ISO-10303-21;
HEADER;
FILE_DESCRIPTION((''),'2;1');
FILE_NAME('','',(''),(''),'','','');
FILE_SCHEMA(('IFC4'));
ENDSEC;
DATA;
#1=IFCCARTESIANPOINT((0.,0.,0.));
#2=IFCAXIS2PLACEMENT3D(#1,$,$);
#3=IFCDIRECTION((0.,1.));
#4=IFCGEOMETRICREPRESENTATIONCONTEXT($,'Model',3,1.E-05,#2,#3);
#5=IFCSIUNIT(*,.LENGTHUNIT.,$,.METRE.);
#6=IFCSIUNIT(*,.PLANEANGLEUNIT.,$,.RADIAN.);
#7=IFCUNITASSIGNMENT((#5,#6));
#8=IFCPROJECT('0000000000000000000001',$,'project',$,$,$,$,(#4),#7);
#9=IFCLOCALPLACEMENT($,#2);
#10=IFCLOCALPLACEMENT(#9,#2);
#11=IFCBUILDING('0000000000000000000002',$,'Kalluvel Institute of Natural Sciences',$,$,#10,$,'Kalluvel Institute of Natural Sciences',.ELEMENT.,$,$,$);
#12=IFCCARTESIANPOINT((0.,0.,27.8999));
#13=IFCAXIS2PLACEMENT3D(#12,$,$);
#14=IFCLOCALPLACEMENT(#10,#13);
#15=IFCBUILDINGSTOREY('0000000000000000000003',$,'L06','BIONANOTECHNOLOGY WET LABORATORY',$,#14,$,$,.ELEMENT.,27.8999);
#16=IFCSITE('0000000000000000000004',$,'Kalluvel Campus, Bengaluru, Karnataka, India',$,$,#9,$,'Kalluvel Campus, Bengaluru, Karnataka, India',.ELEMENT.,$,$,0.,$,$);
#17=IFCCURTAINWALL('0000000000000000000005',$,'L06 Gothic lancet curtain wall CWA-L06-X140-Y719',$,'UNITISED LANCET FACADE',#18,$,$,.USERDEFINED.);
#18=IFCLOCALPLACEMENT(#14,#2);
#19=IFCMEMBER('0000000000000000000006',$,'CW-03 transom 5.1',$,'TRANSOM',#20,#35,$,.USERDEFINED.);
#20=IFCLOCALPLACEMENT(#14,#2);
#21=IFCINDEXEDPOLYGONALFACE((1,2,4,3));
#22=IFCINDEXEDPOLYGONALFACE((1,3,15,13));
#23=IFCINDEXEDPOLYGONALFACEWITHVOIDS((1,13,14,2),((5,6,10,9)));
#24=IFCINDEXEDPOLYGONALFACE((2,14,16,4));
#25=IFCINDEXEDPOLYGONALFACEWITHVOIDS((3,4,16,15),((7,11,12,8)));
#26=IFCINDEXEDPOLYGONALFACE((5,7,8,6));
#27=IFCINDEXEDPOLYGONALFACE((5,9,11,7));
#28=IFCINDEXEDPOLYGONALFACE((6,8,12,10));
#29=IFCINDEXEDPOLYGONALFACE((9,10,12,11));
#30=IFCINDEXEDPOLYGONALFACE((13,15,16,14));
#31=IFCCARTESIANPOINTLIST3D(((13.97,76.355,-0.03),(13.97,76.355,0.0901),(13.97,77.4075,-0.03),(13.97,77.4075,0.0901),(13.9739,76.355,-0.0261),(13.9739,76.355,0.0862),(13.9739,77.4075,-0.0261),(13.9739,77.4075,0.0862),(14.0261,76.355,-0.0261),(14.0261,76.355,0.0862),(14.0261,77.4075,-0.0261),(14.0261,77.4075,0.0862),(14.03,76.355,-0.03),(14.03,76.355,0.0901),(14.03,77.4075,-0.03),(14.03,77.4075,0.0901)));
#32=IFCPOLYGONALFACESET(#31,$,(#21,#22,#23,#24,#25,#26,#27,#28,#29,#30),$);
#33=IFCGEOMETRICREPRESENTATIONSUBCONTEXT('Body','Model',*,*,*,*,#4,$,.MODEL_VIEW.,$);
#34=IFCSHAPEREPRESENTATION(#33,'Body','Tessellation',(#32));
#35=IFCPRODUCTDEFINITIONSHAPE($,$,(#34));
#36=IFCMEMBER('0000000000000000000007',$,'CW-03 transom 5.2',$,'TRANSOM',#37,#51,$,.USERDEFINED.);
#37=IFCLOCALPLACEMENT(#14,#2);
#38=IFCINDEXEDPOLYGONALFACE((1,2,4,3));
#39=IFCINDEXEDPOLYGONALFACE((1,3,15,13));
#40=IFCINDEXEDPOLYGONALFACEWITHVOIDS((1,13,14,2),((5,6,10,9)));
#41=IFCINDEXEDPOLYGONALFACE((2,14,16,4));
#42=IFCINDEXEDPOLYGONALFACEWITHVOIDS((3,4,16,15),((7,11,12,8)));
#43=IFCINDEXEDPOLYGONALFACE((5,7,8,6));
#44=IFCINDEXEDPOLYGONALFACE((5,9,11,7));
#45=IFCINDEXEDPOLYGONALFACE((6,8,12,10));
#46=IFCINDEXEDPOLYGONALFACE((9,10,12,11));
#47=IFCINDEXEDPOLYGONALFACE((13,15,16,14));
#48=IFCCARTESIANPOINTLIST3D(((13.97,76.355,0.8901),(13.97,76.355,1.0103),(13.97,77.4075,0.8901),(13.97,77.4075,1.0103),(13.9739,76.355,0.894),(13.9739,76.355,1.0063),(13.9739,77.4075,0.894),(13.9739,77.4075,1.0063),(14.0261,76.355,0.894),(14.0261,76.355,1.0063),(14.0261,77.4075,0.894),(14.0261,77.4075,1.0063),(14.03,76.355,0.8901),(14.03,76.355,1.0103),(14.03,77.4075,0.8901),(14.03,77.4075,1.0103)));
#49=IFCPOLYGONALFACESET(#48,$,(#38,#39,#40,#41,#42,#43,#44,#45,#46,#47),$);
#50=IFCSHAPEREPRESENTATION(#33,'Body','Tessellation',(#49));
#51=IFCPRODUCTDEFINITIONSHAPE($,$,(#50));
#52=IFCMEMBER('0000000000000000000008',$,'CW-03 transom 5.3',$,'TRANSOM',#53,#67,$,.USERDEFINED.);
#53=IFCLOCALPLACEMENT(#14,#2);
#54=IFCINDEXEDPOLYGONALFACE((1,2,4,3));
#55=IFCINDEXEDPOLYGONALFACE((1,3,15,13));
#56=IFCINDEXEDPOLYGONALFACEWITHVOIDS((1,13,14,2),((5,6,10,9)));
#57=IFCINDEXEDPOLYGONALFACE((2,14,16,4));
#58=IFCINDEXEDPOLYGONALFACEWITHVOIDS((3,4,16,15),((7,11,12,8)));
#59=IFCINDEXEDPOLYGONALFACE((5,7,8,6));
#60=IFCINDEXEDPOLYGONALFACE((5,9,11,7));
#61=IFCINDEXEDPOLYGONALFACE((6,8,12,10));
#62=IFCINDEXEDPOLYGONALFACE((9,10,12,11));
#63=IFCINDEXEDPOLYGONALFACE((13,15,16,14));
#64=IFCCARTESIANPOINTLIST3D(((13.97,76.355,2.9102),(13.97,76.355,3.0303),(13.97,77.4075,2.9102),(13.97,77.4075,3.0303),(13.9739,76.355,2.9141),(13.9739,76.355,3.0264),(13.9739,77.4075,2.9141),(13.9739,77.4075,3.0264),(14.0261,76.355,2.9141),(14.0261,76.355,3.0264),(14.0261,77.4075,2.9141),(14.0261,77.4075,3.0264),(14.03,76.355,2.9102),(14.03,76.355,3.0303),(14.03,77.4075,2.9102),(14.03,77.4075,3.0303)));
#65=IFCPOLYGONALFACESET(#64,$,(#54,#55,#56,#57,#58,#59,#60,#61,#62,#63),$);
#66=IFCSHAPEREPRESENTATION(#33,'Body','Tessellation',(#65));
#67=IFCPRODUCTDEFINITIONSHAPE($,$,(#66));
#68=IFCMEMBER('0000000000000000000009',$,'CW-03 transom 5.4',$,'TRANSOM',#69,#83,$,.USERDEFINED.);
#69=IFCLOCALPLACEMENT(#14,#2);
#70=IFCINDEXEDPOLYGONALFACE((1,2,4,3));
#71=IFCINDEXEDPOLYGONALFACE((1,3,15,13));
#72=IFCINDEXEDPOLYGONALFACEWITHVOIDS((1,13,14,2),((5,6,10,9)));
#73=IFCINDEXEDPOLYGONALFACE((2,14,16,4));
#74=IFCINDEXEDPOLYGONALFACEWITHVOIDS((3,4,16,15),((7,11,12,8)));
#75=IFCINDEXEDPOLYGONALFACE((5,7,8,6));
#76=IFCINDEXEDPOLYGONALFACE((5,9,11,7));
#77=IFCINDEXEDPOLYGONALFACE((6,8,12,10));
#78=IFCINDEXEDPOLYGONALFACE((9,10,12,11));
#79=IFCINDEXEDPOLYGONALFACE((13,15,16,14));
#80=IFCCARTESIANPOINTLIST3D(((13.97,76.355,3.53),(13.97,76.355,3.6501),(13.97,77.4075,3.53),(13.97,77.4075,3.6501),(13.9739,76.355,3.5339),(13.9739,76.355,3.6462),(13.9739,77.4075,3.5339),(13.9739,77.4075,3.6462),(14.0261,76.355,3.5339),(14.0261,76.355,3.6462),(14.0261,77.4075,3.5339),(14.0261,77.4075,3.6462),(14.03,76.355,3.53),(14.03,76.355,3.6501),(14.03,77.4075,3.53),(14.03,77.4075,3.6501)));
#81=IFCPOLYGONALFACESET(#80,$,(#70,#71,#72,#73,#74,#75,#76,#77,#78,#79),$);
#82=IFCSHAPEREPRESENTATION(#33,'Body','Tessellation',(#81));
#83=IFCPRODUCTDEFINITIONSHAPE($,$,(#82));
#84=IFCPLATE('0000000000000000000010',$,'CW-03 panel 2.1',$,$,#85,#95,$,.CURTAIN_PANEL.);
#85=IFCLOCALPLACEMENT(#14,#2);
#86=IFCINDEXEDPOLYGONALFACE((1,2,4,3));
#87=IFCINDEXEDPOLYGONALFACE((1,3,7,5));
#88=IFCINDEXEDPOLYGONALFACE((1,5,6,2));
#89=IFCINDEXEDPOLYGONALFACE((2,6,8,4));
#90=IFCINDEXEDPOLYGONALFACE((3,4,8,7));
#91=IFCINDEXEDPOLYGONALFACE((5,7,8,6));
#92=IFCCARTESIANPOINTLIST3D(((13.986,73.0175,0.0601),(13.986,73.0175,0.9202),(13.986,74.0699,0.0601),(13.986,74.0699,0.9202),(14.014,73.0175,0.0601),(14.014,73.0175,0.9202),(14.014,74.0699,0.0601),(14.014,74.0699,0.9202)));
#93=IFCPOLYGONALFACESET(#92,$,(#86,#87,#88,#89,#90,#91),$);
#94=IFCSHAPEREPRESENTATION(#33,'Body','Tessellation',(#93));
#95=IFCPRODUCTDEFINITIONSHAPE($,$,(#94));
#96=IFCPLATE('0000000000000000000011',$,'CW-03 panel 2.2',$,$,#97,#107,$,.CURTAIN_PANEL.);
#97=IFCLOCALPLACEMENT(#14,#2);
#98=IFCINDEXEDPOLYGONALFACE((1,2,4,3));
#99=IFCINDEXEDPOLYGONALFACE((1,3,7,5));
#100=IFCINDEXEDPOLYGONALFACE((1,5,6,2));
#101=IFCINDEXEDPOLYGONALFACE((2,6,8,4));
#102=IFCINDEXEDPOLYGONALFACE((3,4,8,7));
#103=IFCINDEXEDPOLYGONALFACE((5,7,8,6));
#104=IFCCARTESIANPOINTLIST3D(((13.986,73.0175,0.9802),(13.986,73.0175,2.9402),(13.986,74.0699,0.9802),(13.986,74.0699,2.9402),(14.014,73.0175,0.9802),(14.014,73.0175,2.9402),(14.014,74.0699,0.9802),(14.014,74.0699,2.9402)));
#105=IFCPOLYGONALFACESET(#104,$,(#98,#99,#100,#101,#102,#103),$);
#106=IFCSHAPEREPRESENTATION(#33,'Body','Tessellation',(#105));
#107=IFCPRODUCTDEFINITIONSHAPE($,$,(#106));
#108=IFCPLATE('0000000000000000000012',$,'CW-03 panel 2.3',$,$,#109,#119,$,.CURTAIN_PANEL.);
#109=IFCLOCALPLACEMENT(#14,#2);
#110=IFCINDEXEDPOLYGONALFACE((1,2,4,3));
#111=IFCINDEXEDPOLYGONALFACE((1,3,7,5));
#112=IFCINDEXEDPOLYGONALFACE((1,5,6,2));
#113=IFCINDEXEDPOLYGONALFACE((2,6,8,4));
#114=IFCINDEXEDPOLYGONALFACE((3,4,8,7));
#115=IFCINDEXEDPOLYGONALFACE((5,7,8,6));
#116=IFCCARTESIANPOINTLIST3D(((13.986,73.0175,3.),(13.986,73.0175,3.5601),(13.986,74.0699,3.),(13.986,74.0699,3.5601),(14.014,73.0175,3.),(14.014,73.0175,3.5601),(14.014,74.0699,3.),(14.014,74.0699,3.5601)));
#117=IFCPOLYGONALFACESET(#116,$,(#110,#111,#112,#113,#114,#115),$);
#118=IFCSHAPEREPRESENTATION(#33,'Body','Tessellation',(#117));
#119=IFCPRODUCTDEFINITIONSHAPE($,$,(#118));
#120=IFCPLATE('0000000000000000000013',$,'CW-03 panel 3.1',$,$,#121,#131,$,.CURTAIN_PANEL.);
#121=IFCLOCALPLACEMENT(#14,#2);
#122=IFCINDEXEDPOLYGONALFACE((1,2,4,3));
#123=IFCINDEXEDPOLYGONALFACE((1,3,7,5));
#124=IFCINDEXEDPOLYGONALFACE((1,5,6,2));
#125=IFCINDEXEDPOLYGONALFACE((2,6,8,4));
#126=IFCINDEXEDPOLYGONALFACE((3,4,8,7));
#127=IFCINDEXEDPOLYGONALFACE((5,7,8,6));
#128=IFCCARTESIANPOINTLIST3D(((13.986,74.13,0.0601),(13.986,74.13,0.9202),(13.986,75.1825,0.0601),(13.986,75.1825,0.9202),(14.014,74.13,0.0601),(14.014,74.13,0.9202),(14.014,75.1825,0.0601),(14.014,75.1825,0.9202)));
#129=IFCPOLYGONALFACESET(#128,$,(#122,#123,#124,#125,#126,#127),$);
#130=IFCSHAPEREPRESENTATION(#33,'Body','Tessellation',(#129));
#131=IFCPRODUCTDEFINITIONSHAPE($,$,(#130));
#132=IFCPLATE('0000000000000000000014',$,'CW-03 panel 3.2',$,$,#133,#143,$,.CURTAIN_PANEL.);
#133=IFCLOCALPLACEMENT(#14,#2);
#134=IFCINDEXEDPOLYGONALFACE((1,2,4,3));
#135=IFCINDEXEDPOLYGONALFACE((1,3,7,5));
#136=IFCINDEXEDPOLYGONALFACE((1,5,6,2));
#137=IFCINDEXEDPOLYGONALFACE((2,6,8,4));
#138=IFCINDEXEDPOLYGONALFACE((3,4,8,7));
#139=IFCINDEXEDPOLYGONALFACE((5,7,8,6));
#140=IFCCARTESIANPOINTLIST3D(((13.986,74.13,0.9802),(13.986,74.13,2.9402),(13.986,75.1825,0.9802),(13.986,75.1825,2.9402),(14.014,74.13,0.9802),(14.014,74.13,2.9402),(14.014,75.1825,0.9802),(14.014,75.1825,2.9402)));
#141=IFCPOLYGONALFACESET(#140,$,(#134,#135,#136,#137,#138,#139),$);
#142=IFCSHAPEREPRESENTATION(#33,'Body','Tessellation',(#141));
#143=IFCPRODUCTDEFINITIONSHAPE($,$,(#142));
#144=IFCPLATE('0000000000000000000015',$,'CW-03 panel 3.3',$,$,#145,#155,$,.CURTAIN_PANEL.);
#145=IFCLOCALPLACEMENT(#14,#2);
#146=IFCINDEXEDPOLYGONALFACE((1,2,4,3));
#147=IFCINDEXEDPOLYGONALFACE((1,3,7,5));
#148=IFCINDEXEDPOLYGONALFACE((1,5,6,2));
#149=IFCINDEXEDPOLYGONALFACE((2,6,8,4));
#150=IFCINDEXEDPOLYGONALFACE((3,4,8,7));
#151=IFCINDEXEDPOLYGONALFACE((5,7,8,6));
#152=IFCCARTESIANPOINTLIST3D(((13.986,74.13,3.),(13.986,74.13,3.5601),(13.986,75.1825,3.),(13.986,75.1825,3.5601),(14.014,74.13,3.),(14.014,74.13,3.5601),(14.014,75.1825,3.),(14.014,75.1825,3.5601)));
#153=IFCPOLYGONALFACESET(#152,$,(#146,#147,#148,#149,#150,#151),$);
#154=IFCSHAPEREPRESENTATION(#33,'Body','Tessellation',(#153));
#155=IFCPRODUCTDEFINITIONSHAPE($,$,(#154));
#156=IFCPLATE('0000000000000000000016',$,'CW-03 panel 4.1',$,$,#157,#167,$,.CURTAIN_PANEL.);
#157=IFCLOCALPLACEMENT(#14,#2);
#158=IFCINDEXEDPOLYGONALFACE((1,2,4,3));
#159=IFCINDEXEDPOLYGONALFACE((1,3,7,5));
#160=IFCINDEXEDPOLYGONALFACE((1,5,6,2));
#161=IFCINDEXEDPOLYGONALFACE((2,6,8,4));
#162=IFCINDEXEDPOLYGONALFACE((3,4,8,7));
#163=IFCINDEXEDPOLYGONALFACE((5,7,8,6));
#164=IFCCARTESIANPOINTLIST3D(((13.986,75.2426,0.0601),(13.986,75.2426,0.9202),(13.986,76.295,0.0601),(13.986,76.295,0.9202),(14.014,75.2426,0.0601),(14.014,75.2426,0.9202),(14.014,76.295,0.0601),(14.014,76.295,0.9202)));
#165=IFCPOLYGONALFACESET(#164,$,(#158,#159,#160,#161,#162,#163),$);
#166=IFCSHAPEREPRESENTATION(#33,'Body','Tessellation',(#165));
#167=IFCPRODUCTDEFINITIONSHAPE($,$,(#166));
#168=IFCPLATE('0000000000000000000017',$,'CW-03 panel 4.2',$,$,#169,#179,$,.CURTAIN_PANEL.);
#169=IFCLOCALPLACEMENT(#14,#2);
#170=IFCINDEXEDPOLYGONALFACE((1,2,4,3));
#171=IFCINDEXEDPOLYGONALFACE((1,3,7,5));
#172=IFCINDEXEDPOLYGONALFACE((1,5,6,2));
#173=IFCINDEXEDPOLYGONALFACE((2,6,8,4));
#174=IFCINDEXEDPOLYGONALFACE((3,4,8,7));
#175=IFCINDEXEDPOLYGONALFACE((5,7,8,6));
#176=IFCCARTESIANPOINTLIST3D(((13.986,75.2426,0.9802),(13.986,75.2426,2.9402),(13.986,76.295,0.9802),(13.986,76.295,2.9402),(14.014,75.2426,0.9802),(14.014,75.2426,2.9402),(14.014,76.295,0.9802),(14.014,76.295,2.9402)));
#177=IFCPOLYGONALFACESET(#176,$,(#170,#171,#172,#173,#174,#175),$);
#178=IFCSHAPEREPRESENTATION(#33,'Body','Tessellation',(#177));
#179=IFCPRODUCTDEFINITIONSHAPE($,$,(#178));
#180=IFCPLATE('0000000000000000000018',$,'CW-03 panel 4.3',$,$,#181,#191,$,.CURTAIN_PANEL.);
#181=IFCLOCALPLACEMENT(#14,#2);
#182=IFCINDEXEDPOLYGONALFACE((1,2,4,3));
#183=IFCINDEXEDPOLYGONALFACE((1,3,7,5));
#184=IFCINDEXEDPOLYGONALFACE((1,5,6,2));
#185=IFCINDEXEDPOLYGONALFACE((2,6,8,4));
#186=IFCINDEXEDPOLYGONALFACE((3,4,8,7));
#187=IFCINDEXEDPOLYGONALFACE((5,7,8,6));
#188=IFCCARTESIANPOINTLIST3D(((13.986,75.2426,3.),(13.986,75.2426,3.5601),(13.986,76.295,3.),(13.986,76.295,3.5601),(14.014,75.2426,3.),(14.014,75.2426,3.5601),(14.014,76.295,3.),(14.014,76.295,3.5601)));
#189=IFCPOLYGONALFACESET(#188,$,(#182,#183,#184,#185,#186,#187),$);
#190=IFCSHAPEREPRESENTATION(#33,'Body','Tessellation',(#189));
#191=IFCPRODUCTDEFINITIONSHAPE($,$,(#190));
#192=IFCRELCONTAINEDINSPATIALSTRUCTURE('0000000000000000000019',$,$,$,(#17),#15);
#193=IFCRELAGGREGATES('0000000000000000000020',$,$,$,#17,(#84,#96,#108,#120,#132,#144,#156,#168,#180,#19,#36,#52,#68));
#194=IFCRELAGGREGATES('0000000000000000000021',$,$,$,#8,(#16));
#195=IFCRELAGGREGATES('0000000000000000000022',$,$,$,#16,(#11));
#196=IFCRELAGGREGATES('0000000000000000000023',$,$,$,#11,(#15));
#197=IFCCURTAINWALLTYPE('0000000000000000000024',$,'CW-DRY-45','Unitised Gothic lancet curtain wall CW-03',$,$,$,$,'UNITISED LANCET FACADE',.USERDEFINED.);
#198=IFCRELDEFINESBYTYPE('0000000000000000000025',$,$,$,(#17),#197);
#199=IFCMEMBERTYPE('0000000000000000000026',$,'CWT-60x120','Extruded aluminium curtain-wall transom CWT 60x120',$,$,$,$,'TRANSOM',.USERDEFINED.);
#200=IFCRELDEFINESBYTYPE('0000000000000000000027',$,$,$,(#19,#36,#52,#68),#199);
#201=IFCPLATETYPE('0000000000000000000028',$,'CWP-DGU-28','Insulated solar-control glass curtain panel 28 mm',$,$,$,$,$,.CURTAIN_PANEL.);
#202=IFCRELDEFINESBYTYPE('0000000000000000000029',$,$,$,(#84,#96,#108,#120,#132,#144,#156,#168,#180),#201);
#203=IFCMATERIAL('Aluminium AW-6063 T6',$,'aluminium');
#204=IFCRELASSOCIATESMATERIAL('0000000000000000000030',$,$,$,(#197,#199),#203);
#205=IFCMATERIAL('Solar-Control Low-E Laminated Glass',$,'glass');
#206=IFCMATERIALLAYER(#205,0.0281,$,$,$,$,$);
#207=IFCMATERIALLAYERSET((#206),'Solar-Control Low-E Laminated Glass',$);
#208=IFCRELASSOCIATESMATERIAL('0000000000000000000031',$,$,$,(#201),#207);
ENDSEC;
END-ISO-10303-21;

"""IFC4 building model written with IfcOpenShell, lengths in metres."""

from ifc_helpers import new_model, si_unit, direction, frame, origin, origin_2d, place, context, subcontext, project, spatial, rectangle, hollow_rectangle, extrude, material, layer, layer_set, material_profile, profile_set, type_object, element, aggregate, save


model = new_model("IFC4")

# Units and contexts
model_context = context("Model", 3, precision=1e-05, world=origin(), true_north=direction((0.0, 1.0)))
body_context = subcontext(model_context, "Body", "Model", "MODEL_VIEW")
ifc_project = project(units=[si_unit("LENGTHUNIT", "METRE"), si_unit("PLANEANGLEUNIT", "RADIAN")], contexts=[model_context])

# Site, building, storey
site_placement = place(None, origin())
site = spatial("IfcSite", under=ifc_project, at=site_placement, Name="Kalluvel Campus, Bengaluru, Karnataka, India", LongName="Kalluvel Campus, Bengaluru, Karnataka, India", CompositionType="ELEMENT", RefElevation=0.0)
building_placement = place(site_placement, origin())
building = spatial("IfcBuilding", under=site, at=building_placement, Name="Kalluvel Institute of Natural Sciences", LongName="Kalluvel Institute of Natural Sciences", CompositionType="ELEMENT")
storey_placement = place(building_placement, frame((0.0, 0.0, 27.8999)))
storey = spatial("IfcBuildingStorey", under=building, at=storey_placement, Name="L06", Description="BIONANOTECHNOLOGY WET LABORATORY", CompositionType="ELEMENT", Elevation=27.8999)

# Curtain wall, members, plates
ifc_material_1 = material(Name="Aluminium AW-6063 T6", Category="aluminium")
curtain_wall_type = type_object("IfcCurtainWallType", Name="CW-DRY-45", Description="Unitised Gothic lancet curtain wall CW-03", ElementType="UNITISED LANCET FACADE", PredefinedType="USERDEFINED", material=ifc_material_1)
curtain_wall_placement = place(storey_placement, origin())
curtain_wall = element("IfcCurtainWall", 1, at=curtain_wall_placement, inside=storey, type_object=curtain_wall_type, Name="L06 Gothic lancet curtain wall CWA-L06-X140-Y719", ObjectType="UNITISED LANCET FACADE", PredefinedType="USERDEFINED")
ifc_material_profile_1 = material_profile(ifc_material_1, hollow_rectangle(XDim=0.0601, YDim=0.1201, WallThickness=0.0039, at=origin_2d()), Name="CWT 60x120")
ifc_profile_set_1 = profile_set([ifc_material_profile_1], Name="Aluminium AW-6063 T6")
member_type_1 = type_object("IfcMemberType", Name="CWT-60x120", Description="Extruded aluminium curtain-wall transom CWT 60x120", ElementType="TRANSOM", PredefinedType="USERDEFINED", material=ifc_profile_set_1)
member_1_placement = place(storey_placement, frame((14.0, 76.355, 0.03), z_axis=(0.0, 1.0, 0.0), x_axis=(-1.0, 0.0, 0.0)))
member_1 = element("IfcMember", 2, at=member_1_placement, type_object=member_type_1, Name="CW-03 transom 5.1", ObjectType="TRANSOM", PredefinedType="USERDEFINED", context=body_context, shape_type="SweptSolid", body=[
    extrude(hollow_rectangle(XDim=0.0601, YDim=0.1201, WallThickness=0.0039, at=origin_2d()), origin(), (0.0, 0.0, 1.0), 1.0525),
])
member_2_placement = place(storey_placement, frame((14.0, 76.355, 0.9502), z_axis=(0.0, 1.0, 0.0), x_axis=(-1.0, 0.0, 0.0)))
member_2 = element("IfcMember", 3, at=member_2_placement, type_object=member_type_1, Name="CW-03 transom 5.2", ObjectType="TRANSOM", PredefinedType="USERDEFINED", context=body_context, shape_type="SweptSolid", body=[
    extrude(hollow_rectangle(XDim=0.0601, YDim=0.1201, WallThickness=0.0039, at=origin_2d()), origin(), (0.0, 0.0, 1.0), 1.0525),
])
member_3_placement = place(storey_placement, frame((14.0, 76.355, 2.9702), z_axis=(0.0, 1.0, 0.0), x_axis=(-1.0, 0.0, 0.0)))
member_3 = element("IfcMember", 4, at=member_3_placement, type_object=member_type_1, Name="CW-03 transom 5.3", ObjectType="TRANSOM", PredefinedType="USERDEFINED", context=body_context, shape_type="SweptSolid", body=[
    extrude(hollow_rectangle(XDim=0.0601, YDim=0.1201, WallThickness=0.0039, at=origin_2d()), origin(), (0.0, 0.0, 1.0), 1.0525),
])
member_4_placement = place(storey_placement, frame((14.0, 76.355, 3.5901), z_axis=(0.0, 1.0, 0.0), x_axis=(-1.0, 0.0, 0.0)))
member_4 = element("IfcMember", 5, at=member_4_placement, type_object=member_type_1, Name="CW-03 transom 5.4", ObjectType="TRANSOM", PredefinedType="USERDEFINED", context=body_context, shape_type="SweptSolid", body=[
    extrude(hollow_rectangle(XDim=0.0601, YDim=0.1201, WallThickness=0.0039, at=origin_2d()), origin(), (0.0, 0.0, 1.0), 1.0525),
])
ifc_material_2 = material(Name="Solar-Control Low-E Laminated Glass", Category="glass")
ifc_layer = layer(ifc_material_2, 0.0281)
ifc_layer_set = layer_set([ifc_layer], Name="Solar-Control Low-E Laminated Glass")
plate_type = type_object("IfcPlateType", Name="CWP-DGU-28", Description="Insulated solar-control glass curtain panel 28 mm", PredefinedType="CURTAIN_PANEL", material=ifc_layer_set)
plate_1_placement = place(storey_placement, frame((14.0, 73.5437, 0.0601), z_axis=(0.0, 0.0, 1.0), x_axis=(0.0, 1.0, 0.0)))
plate_1 = element("IfcPlate", 6, at=plate_1_placement, type_object=plate_type, Name="CW-03 panel 2.1", PredefinedType="CURTAIN_PANEL", context=body_context, shape_type="SweptSolid", body=[
    extrude(rectangle(XDim=1.0525, YDim=0.0281, at=origin_2d()), origin(), (0.0, 0.0, 1.0), 0.8601),
])
plate_2_placement = place(storey_placement, frame((14.0, 73.5437, 0.9802), z_axis=(0.0, 0.0, 1.0), x_axis=(0.0, 1.0, 0.0)))
plate_2 = element("IfcPlate", 7, at=plate_2_placement, type_object=plate_type, Name="CW-03 panel 2.2", PredefinedType="CURTAIN_PANEL", context=body_context, shape_type="SweptSolid", body=[
    extrude(rectangle(XDim=1.0525, YDim=0.0281, at=origin_2d()), origin(), (0.0, 0.0, 1.0), 1.96),
])
plate_3_placement = place(storey_placement, frame((14.0, 73.5437, 3.0), z_axis=(0.0, 0.0, 1.0), x_axis=(0.0, 1.0, 0.0)))
plate_3 = element("IfcPlate", 8, at=plate_3_placement, type_object=plate_type, Name="CW-03 panel 2.3", PredefinedType="CURTAIN_PANEL", context=body_context, shape_type="SweptSolid", body=[
    extrude(rectangle(XDim=1.0525, YDim=0.0281, at=origin_2d()), origin(), (0.0, 0.0, 1.0), 0.5601),
])
plate_4_placement = place(storey_placement, frame((14.0, 74.6562, 0.0601), z_axis=(0.0, 0.0, 1.0), x_axis=(0.0, 1.0, 0.0)))
plate_4 = element("IfcPlate", 9, at=plate_4_placement, type_object=plate_type, Name="CW-03 panel 3.1", PredefinedType="CURTAIN_PANEL", context=body_context, shape_type="SweptSolid", body=[
    extrude(rectangle(XDim=1.0525, YDim=0.0281, at=origin_2d()), origin(), (0.0, 0.0, 1.0), 0.8601),
])
plate_5_placement = place(storey_placement, frame((14.0, 74.6562, 0.9802), z_axis=(0.0, 0.0, 1.0), x_axis=(0.0, 1.0, 0.0)))
plate_5 = element("IfcPlate", 10, at=plate_5_placement, type_object=plate_type, Name="CW-03 panel 3.2", PredefinedType="CURTAIN_PANEL", context=body_context, shape_type="SweptSolid", body=[
    extrude(rectangle(XDim=1.0525, YDim=0.0281, at=origin_2d()), origin(), (0.0, 0.0, 1.0), 1.96),
])
plate_6_placement = place(storey_placement, frame((14.0, 74.6562, 3.0), z_axis=(0.0, 0.0, 1.0), x_axis=(0.0, 1.0, 0.0)))
plate_6 = element("IfcPlate", 11, at=plate_6_placement, type_object=plate_type, Name="CW-03 panel 3.3", PredefinedType="CURTAIN_PANEL", context=body_context, shape_type="SweptSolid", body=[
    extrude(rectangle(XDim=1.0525, YDim=0.0281, at=origin_2d()), origin(), (0.0, 0.0, 1.0), 0.5601),
])
plate_7_placement = place(storey_placement, frame((14.0, 75.7688, 0.0601), z_axis=(0.0, 0.0, 1.0), x_axis=(0.0, 1.0, 0.0)))
plate_7 = element("IfcPlate", 12, at=plate_7_placement, type_object=plate_type, Name="CW-03 panel 4.1", PredefinedType="CURTAIN_PANEL", context=body_context, shape_type="SweptSolid", body=[
    extrude(rectangle(XDim=1.0525, YDim=0.0281, at=origin_2d()), origin(), (0.0, 0.0, 1.0), 0.8601),
])
plate_8_placement = place(storey_placement, frame((14.0, 75.7688, 0.9802), z_axis=(0.0, 0.0, 1.0), x_axis=(0.0, 1.0, 0.0)))
plate_8 = element("IfcPlate", 13, at=plate_8_placement, type_object=plate_type, Name="CW-03 panel 4.2", PredefinedType="CURTAIN_PANEL", context=body_context, shape_type="SweptSolid", body=[
    extrude(rectangle(XDim=1.0525, YDim=0.0281, at=origin_2d()), origin(), (0.0, 0.0, 1.0), 1.96),
])
plate_9_placement = place(storey_placement, frame((14.0, 75.7688, 3.0), z_axis=(0.0, 0.0, 1.0), x_axis=(0.0, 1.0, 0.0)))
plate_9 = element("IfcPlate", 14, at=plate_9_placement, type_object=plate_type, Name="CW-03 panel 4.3", PredefinedType="CURTAIN_PANEL", context=body_context, shape_type="SweptSolid", body=[
    extrude(rectangle(XDim=1.0525, YDim=0.0281, at=origin_2d()), origin(), (0.0, 0.0, 1.0), 0.5601),
])
aggregate(curtain_wall, [plate_1, plate_2, plate_3, plate_4, plate_5, plate_6, plate_7, plate_8, plate_9, member_1, member_2, member_3, member_4])

save(model, "model.ifc")
